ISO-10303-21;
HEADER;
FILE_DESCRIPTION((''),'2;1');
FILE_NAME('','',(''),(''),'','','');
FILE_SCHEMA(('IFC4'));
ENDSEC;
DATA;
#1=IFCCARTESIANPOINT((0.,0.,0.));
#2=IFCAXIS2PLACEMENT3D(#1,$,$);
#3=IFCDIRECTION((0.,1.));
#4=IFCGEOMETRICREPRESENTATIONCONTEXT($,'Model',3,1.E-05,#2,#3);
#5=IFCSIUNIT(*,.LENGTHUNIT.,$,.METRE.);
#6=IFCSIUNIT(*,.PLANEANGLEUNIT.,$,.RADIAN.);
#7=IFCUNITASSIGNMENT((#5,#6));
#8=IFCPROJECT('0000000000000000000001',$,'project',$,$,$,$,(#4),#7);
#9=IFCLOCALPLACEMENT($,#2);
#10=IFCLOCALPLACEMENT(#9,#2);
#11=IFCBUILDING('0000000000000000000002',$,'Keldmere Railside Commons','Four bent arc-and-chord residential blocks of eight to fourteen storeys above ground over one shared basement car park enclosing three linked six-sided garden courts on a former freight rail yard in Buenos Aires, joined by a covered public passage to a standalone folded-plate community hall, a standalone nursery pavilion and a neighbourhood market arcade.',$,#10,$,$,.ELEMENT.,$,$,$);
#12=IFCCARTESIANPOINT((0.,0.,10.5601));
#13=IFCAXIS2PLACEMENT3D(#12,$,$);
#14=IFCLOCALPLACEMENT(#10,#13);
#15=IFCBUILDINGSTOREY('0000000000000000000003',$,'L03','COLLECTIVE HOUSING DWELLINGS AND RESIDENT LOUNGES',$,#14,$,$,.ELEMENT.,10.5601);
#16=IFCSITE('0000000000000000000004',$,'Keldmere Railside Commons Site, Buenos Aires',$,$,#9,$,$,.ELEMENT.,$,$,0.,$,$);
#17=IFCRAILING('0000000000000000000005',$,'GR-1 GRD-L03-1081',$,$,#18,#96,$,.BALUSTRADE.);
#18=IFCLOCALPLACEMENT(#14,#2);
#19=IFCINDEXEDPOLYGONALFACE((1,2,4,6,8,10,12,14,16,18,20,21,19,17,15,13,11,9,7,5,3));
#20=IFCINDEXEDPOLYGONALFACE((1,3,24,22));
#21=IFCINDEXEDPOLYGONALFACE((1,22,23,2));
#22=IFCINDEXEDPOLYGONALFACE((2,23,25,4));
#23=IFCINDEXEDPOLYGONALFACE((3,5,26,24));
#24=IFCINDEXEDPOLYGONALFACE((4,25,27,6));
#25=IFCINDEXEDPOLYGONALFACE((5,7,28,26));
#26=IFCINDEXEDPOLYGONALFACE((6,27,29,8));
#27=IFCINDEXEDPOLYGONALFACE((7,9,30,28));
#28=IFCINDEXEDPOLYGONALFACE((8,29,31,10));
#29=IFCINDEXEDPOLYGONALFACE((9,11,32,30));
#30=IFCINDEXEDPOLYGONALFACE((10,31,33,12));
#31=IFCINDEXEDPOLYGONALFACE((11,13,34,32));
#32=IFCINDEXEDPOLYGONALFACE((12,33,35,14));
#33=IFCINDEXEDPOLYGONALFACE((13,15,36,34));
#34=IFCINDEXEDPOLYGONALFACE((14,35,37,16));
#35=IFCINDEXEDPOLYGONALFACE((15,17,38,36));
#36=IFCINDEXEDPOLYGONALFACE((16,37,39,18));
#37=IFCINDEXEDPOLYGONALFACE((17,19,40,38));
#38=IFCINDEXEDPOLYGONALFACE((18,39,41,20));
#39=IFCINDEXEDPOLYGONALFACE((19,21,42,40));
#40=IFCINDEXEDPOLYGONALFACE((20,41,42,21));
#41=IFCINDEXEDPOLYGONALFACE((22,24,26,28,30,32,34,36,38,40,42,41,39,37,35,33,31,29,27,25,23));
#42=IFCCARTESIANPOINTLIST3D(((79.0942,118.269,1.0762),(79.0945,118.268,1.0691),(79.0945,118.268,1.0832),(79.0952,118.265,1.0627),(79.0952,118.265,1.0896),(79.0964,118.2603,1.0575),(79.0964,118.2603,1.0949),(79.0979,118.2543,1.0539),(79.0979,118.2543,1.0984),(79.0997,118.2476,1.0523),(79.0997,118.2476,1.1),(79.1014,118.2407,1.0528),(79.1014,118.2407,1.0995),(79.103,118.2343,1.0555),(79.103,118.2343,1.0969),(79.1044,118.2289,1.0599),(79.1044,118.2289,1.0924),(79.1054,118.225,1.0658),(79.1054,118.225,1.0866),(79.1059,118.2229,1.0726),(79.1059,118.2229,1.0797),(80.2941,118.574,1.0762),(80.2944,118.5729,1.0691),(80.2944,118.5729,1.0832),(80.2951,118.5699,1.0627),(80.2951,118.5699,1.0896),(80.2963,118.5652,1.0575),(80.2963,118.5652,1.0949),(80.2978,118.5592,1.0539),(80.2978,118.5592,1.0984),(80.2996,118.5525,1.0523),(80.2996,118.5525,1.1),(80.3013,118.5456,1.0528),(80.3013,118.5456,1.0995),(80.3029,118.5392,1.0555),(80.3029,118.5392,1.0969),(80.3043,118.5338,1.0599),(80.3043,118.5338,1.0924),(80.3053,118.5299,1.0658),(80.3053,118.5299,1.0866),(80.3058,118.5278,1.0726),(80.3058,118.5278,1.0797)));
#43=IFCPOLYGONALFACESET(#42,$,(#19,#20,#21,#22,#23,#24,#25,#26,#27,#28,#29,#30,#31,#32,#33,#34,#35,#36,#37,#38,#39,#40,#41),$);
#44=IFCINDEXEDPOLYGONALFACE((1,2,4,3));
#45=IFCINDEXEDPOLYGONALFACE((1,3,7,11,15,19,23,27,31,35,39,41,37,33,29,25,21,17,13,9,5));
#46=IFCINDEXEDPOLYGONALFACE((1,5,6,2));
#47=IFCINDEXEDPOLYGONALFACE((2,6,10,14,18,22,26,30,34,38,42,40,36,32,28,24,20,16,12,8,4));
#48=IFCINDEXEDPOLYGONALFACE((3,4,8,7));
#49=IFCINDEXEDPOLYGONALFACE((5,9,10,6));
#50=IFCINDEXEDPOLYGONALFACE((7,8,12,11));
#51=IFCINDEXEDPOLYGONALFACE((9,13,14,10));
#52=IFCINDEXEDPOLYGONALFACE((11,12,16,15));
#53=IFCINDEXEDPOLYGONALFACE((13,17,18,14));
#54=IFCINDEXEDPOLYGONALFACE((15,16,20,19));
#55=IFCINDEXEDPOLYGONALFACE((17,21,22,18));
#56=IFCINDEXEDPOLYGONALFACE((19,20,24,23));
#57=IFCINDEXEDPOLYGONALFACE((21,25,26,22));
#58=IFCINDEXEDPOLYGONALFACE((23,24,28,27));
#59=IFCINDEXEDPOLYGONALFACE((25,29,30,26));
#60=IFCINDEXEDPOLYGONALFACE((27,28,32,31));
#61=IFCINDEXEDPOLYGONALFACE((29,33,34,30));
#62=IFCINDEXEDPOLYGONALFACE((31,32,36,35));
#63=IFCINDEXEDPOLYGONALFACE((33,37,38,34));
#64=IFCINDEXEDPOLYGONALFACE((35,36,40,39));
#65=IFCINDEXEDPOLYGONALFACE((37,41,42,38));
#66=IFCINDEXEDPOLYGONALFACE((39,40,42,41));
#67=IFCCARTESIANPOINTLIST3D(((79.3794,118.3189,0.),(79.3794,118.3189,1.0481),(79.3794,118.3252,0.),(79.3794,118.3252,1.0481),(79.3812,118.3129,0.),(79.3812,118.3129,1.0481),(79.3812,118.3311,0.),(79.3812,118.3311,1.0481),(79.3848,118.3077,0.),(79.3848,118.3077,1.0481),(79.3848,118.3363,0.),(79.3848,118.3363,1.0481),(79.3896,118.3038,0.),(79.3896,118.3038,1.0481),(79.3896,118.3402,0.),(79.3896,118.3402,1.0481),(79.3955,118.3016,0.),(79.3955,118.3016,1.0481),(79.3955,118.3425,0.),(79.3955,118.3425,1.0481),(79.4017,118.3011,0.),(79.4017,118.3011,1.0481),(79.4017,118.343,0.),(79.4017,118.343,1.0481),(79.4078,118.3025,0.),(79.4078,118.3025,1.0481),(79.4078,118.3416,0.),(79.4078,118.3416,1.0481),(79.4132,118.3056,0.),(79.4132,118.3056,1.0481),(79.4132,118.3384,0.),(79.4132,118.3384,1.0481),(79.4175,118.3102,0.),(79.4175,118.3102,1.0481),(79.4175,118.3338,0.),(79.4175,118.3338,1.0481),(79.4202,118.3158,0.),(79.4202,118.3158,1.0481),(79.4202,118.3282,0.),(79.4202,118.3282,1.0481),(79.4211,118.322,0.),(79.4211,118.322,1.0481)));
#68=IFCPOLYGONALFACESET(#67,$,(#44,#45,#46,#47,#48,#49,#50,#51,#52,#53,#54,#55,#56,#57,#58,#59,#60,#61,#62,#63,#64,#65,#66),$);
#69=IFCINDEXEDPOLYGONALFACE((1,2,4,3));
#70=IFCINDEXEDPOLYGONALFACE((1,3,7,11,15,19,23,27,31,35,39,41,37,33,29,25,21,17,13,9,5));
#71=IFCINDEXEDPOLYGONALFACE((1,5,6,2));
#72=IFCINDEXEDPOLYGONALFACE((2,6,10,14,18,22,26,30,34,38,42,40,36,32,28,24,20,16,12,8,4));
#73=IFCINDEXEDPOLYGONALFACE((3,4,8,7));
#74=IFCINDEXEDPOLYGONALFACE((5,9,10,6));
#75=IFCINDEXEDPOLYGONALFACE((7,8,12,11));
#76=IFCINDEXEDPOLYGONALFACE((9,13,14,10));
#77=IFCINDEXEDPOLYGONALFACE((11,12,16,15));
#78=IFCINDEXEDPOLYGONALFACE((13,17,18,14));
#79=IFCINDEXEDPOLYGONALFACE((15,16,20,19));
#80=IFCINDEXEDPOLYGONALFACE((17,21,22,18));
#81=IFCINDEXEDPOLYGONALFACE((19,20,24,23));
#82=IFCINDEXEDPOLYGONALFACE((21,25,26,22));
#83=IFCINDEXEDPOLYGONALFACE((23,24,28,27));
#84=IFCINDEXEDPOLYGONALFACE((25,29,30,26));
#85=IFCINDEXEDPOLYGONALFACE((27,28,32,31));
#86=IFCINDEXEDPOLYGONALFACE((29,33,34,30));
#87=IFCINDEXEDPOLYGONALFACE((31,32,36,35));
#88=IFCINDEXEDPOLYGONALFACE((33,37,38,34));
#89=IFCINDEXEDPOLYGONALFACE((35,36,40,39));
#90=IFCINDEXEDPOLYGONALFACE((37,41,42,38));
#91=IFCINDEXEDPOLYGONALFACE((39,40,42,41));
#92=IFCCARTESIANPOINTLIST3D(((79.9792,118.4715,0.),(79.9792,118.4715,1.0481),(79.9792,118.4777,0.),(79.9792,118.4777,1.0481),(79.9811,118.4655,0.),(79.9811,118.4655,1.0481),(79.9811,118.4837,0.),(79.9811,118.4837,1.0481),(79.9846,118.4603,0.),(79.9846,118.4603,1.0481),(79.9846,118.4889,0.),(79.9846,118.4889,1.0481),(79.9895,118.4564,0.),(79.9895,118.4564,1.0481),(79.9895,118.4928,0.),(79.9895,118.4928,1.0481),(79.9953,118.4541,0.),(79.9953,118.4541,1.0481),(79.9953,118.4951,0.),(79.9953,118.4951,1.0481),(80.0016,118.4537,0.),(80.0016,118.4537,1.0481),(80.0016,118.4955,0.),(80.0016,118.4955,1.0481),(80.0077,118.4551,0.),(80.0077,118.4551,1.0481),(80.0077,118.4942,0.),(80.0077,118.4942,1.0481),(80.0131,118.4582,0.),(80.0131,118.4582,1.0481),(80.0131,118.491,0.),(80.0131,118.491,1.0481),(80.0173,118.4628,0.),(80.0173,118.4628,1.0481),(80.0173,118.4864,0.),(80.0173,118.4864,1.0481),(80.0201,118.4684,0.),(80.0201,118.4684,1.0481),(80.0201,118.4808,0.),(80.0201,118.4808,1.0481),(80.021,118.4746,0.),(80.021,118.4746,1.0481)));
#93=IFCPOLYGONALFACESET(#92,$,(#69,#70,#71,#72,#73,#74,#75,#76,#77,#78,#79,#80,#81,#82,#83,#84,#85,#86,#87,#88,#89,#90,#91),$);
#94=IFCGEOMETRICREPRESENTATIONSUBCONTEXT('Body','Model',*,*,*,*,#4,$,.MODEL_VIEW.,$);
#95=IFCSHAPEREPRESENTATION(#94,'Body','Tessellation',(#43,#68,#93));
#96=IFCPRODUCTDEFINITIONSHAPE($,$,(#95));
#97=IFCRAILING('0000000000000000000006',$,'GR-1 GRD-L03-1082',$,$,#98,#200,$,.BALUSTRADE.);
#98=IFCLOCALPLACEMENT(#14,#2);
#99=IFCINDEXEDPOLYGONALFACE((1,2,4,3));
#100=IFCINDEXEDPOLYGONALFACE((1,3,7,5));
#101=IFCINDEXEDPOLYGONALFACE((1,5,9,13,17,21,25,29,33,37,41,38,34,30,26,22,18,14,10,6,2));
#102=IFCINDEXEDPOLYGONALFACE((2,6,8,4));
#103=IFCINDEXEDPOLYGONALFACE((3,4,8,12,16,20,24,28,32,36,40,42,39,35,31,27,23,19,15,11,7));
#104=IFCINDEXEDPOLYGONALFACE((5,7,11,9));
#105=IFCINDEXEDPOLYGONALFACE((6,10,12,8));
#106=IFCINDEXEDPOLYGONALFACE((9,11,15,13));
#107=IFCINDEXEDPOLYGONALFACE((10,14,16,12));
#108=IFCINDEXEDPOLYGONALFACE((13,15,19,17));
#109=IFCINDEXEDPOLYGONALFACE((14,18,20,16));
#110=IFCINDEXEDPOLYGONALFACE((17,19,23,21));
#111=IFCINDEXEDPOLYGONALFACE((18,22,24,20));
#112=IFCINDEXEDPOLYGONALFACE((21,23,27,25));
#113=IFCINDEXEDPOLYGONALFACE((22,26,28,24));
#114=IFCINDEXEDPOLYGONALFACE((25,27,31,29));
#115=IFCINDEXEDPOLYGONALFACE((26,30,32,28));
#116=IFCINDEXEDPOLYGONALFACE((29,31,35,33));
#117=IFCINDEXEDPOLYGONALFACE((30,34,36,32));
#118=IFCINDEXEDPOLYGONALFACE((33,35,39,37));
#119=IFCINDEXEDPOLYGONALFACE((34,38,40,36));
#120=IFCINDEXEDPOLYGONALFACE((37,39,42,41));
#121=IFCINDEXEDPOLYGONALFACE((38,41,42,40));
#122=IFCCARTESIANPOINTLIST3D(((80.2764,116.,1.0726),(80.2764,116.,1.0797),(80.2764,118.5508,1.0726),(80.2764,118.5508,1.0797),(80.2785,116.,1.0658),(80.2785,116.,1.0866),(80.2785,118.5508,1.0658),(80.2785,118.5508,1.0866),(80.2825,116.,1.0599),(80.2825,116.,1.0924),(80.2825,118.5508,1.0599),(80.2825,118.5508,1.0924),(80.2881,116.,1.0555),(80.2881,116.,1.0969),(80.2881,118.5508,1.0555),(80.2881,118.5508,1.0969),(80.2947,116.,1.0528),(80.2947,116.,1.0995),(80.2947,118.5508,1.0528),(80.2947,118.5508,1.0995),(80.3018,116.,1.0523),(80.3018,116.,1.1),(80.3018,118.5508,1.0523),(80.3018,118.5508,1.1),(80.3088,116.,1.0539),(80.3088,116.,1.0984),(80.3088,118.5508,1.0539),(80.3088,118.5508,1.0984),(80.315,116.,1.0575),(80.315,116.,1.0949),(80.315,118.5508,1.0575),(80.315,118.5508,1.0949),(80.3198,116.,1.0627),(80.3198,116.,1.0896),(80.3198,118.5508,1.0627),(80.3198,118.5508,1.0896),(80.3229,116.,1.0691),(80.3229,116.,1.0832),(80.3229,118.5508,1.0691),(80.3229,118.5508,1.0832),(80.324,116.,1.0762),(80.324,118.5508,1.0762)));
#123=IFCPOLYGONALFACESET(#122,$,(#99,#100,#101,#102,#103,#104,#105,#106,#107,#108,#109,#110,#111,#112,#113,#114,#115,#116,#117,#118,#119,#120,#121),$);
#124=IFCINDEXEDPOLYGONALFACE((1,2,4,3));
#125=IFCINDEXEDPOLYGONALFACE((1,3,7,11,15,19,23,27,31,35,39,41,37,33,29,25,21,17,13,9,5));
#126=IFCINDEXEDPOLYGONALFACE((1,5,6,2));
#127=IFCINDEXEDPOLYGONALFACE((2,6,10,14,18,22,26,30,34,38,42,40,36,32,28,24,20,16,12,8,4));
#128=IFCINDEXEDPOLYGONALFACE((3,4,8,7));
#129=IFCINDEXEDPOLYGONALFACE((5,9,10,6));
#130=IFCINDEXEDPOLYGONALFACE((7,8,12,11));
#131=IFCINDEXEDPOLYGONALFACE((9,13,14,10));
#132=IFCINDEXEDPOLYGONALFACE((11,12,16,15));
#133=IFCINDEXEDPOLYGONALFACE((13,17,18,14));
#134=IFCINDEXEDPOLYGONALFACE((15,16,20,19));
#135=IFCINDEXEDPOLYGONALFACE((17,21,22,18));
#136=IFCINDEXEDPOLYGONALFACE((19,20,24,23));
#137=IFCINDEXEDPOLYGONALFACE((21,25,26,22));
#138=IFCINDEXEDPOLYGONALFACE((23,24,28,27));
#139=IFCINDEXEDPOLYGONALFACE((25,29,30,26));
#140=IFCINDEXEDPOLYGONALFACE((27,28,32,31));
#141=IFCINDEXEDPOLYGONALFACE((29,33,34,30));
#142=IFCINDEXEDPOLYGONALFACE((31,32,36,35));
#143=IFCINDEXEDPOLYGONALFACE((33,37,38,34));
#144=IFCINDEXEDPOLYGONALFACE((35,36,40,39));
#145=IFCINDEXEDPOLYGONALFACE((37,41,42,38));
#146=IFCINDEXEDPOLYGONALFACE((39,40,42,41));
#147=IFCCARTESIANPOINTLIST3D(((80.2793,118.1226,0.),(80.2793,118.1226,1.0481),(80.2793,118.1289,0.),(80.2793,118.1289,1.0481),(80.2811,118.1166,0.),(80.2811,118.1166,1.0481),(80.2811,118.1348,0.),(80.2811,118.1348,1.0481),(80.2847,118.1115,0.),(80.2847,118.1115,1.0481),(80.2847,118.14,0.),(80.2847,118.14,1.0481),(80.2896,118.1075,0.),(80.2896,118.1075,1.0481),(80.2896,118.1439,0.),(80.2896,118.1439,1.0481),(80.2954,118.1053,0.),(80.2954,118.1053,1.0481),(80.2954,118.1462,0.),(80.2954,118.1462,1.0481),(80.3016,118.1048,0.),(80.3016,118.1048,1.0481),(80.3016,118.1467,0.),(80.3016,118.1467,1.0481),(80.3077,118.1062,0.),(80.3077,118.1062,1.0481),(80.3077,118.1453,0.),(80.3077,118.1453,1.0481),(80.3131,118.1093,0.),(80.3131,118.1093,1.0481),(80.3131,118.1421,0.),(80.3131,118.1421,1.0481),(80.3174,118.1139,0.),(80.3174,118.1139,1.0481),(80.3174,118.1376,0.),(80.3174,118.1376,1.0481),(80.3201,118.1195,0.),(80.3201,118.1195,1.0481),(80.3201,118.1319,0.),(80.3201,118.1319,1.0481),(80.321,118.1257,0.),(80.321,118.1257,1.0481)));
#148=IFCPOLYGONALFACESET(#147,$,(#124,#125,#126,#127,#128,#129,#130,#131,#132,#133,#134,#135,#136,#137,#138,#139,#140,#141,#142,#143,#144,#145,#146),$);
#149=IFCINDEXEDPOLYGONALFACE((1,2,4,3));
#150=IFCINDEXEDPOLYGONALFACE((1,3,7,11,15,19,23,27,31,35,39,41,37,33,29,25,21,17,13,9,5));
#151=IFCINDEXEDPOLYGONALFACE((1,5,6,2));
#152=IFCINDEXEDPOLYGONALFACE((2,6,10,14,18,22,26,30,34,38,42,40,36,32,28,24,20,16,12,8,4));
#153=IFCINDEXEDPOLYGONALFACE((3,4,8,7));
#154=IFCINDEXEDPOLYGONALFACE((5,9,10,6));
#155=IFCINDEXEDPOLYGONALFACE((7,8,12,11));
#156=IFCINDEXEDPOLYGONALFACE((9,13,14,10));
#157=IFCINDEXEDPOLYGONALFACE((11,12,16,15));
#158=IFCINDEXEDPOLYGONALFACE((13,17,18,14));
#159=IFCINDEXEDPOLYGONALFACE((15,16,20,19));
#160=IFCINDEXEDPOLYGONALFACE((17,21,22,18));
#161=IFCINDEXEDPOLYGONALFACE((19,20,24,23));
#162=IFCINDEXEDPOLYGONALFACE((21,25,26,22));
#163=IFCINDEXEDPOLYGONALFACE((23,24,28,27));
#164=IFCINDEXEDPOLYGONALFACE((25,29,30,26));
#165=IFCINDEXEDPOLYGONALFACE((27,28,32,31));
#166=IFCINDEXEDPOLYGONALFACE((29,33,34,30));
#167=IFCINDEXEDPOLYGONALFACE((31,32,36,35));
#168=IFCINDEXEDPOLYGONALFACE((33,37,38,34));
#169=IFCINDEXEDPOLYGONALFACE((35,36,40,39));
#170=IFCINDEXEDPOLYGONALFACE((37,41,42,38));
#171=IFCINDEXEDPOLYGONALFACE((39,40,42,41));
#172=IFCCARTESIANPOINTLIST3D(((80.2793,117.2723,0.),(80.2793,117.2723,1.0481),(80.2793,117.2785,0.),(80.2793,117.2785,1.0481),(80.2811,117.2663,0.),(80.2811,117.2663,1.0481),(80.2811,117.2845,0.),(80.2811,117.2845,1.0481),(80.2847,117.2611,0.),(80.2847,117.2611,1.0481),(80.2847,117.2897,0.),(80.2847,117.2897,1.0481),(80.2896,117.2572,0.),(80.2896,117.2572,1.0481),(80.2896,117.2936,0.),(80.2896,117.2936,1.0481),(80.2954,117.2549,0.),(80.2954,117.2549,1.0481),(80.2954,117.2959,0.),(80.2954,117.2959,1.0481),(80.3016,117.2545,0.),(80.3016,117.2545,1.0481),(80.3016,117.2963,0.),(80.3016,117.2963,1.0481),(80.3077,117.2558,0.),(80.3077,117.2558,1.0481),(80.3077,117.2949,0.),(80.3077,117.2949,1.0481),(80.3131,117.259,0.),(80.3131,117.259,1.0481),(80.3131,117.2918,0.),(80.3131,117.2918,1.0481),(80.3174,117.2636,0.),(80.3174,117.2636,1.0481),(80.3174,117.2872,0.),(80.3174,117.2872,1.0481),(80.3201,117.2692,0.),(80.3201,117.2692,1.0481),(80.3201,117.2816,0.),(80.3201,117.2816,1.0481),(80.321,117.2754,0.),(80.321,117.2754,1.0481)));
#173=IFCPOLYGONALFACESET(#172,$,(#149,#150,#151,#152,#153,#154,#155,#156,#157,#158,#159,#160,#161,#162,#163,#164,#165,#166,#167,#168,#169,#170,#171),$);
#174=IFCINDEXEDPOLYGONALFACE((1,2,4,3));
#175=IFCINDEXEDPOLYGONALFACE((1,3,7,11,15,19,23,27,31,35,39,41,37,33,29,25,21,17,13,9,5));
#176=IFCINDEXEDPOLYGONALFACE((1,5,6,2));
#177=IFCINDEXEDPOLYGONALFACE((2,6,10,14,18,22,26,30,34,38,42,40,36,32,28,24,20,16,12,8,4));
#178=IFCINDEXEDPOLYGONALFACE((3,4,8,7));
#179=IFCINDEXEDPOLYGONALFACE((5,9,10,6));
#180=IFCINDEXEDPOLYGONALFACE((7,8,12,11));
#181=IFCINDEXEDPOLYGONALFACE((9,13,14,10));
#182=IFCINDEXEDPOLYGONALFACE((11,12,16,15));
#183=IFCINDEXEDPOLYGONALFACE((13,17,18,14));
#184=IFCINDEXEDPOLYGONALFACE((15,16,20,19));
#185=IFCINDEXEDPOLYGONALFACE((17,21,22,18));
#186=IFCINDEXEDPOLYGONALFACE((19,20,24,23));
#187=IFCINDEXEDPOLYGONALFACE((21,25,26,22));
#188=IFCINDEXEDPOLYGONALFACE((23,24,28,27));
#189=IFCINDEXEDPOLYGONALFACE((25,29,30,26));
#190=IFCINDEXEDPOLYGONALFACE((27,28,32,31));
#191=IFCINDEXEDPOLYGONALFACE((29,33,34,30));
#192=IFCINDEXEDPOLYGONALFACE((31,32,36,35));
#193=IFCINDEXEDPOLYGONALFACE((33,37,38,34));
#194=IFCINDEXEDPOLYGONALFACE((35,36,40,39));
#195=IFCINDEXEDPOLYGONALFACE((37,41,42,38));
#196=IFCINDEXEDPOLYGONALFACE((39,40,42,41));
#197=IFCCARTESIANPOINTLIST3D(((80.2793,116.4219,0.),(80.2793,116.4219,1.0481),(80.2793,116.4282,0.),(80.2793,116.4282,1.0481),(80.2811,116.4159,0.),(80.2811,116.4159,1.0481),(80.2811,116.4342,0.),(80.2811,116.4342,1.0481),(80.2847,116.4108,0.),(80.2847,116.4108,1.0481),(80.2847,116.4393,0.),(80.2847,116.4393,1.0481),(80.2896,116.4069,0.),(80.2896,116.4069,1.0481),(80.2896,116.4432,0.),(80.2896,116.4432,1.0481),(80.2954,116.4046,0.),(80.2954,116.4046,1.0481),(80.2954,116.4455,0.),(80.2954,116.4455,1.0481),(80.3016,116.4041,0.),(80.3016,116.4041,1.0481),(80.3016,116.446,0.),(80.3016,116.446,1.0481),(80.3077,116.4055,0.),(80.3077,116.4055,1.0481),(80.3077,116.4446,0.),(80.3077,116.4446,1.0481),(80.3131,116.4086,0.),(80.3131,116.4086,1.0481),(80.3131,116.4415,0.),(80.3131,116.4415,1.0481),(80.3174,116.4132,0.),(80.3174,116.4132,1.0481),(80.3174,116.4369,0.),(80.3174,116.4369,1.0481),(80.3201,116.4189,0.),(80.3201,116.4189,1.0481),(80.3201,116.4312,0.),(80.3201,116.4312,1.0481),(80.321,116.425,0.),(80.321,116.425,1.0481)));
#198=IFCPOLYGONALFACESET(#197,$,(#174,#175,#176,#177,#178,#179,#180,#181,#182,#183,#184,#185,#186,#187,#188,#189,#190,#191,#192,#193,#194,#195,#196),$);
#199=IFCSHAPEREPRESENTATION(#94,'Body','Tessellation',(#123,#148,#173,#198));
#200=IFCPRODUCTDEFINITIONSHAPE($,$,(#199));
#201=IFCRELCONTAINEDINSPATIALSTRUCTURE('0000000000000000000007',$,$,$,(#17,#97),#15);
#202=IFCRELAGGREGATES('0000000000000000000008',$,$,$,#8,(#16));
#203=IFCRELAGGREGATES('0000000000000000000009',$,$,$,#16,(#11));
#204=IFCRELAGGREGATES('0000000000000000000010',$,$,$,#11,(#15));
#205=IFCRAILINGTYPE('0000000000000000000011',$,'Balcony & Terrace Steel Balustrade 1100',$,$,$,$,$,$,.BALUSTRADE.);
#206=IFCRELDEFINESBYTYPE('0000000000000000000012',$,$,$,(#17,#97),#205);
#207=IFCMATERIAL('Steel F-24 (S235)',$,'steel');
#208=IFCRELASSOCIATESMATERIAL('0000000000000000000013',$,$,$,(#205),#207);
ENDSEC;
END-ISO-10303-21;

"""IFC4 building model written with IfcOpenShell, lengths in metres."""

from ifc_helpers import new_model, si_unit, direction, frame, origin, origin_2d, place, context, subcontext, project, spatial, circle, extrude, material, type_object, element, save


model = new_model("IFC4")

# Units and contexts
model_context = context("Model", 3, precision=1e-05, world=origin(), true_north=direction((0.0, 1.0)))
body_context = subcontext(model_context, "Body", "Model", "MODEL_VIEW")
ifc_project = project(units=[si_unit("LENGTHUNIT", "METRE"), si_unit("PLANEANGLEUNIT", "RADIAN")], contexts=[model_context])

# Site, building, storey
site_placement = place(None, origin())
site = spatial("IfcSite", under=ifc_project, at=site_placement, Name="Keldmere Railside Commons Site, Buenos Aires", CompositionType="ELEMENT", RefElevation=0.0)
building_placement = place(site_placement, origin())
building = spatial("IfcBuilding", under=site, at=building_placement, Name="Keldmere Railside Commons", Description="Four bent arc-and-chord residential blocks of eight to fourteen storeys above ground over one shared basement car park enclosing three linked six-sided garden courts on a former freight rail yard in Buenos Aires, joined by a covered public passage to a standalone folded-plate community hall, a standalone nursery pavilion and a neighbourhood market arcade.", CompositionType="ELEMENT")
storey_placement = place(building_placement, frame((0.0, 0.0, 10.5601)))
storey = spatial("IfcBuildingStorey", under=building, at=storey_placement, Name="L03", Description="COLLECTIVE HOUSING DWELLINGS AND RESIDENT LOUNGES", CompositionType="ELEMENT", Elevation=10.5601)

# Shared definitions
ifc_material_1 = material(Name="Steel F-24 (S235)", Category="steel")

# Railings
railing_type_1 = type_object("IfcRailingType", Name="Balcony & Terrace Steel Balustrade 1100", PredefinedType="BALUSTRADE", material=ifc_material_1)
railing_1_placement = place(storey_placement, frame((79.1001, 118.2458, 0.0)))
element("IfcRailing", 1, at=railing_1_placement, inside=storey, type_object=railing_type_1, Name="GR-1 GRD-L03-1081", PredefinedType="BALUSTRADE", context=body_context, shape_type="SweptSolid", body=[
    extrude(circle(Radius=0.0239, at=origin_2d()), frame((0.0, 0.0, 1.0762), z_axis=(0.969196, 0.246292, 0.0), x_axis=(-0.246292, 0.969196, 0.0)), (0.0, 0.0, 1.0), 1.238),
    extrude(circle(Radius=0.021, at=origin_2d()), frame((0.3, 0.0762, 0.0)), (0.0, 0.0, 1.0), 1.0481),
    extrude(circle(Radius=0.021, at=origin_2d()), frame((0.8999, 0.2288, 0.0)), (0.0, 0.0, 1.0), 1.0481),
])
railing_2_placement = place(storey_placement, frame((80.3, 118.5508, 0.0)))
element("IfcRailing", 2, at=railing_2_placement, inside=storey, type_object=railing_type_1, Name="GR-1 GRD-L03-1082", PredefinedType="BALUSTRADE", context=body_context, shape_type="SweptSolid", body=[
    extrude(circle(Radius=0.0239, at=origin_2d()), frame((0.0, 0.0, 1.0762), z_axis=(0.0, -1.0, 0.0), x_axis=(1.0, 0.0, 0.0)), (0.0, 0.0, 1.0), 2.5508),
    extrude(circle(Radius=0.021, at=origin_2d()), frame((0.0, -0.425, 0.0)), (0.0, 0.0, 1.0), 1.0481),
    extrude(circle(Radius=0.021, at=origin_2d()), frame((0.0, -1.2754, 0.0)), (0.0, 0.0, 1.0), 1.0481),
    extrude(circle(Radius=0.021, at=origin_2d()), frame((0.0, -2.1257, 0.0)), (0.0, 0.0, 1.0), 1.0481),
])

save(model, "model.ifc")
